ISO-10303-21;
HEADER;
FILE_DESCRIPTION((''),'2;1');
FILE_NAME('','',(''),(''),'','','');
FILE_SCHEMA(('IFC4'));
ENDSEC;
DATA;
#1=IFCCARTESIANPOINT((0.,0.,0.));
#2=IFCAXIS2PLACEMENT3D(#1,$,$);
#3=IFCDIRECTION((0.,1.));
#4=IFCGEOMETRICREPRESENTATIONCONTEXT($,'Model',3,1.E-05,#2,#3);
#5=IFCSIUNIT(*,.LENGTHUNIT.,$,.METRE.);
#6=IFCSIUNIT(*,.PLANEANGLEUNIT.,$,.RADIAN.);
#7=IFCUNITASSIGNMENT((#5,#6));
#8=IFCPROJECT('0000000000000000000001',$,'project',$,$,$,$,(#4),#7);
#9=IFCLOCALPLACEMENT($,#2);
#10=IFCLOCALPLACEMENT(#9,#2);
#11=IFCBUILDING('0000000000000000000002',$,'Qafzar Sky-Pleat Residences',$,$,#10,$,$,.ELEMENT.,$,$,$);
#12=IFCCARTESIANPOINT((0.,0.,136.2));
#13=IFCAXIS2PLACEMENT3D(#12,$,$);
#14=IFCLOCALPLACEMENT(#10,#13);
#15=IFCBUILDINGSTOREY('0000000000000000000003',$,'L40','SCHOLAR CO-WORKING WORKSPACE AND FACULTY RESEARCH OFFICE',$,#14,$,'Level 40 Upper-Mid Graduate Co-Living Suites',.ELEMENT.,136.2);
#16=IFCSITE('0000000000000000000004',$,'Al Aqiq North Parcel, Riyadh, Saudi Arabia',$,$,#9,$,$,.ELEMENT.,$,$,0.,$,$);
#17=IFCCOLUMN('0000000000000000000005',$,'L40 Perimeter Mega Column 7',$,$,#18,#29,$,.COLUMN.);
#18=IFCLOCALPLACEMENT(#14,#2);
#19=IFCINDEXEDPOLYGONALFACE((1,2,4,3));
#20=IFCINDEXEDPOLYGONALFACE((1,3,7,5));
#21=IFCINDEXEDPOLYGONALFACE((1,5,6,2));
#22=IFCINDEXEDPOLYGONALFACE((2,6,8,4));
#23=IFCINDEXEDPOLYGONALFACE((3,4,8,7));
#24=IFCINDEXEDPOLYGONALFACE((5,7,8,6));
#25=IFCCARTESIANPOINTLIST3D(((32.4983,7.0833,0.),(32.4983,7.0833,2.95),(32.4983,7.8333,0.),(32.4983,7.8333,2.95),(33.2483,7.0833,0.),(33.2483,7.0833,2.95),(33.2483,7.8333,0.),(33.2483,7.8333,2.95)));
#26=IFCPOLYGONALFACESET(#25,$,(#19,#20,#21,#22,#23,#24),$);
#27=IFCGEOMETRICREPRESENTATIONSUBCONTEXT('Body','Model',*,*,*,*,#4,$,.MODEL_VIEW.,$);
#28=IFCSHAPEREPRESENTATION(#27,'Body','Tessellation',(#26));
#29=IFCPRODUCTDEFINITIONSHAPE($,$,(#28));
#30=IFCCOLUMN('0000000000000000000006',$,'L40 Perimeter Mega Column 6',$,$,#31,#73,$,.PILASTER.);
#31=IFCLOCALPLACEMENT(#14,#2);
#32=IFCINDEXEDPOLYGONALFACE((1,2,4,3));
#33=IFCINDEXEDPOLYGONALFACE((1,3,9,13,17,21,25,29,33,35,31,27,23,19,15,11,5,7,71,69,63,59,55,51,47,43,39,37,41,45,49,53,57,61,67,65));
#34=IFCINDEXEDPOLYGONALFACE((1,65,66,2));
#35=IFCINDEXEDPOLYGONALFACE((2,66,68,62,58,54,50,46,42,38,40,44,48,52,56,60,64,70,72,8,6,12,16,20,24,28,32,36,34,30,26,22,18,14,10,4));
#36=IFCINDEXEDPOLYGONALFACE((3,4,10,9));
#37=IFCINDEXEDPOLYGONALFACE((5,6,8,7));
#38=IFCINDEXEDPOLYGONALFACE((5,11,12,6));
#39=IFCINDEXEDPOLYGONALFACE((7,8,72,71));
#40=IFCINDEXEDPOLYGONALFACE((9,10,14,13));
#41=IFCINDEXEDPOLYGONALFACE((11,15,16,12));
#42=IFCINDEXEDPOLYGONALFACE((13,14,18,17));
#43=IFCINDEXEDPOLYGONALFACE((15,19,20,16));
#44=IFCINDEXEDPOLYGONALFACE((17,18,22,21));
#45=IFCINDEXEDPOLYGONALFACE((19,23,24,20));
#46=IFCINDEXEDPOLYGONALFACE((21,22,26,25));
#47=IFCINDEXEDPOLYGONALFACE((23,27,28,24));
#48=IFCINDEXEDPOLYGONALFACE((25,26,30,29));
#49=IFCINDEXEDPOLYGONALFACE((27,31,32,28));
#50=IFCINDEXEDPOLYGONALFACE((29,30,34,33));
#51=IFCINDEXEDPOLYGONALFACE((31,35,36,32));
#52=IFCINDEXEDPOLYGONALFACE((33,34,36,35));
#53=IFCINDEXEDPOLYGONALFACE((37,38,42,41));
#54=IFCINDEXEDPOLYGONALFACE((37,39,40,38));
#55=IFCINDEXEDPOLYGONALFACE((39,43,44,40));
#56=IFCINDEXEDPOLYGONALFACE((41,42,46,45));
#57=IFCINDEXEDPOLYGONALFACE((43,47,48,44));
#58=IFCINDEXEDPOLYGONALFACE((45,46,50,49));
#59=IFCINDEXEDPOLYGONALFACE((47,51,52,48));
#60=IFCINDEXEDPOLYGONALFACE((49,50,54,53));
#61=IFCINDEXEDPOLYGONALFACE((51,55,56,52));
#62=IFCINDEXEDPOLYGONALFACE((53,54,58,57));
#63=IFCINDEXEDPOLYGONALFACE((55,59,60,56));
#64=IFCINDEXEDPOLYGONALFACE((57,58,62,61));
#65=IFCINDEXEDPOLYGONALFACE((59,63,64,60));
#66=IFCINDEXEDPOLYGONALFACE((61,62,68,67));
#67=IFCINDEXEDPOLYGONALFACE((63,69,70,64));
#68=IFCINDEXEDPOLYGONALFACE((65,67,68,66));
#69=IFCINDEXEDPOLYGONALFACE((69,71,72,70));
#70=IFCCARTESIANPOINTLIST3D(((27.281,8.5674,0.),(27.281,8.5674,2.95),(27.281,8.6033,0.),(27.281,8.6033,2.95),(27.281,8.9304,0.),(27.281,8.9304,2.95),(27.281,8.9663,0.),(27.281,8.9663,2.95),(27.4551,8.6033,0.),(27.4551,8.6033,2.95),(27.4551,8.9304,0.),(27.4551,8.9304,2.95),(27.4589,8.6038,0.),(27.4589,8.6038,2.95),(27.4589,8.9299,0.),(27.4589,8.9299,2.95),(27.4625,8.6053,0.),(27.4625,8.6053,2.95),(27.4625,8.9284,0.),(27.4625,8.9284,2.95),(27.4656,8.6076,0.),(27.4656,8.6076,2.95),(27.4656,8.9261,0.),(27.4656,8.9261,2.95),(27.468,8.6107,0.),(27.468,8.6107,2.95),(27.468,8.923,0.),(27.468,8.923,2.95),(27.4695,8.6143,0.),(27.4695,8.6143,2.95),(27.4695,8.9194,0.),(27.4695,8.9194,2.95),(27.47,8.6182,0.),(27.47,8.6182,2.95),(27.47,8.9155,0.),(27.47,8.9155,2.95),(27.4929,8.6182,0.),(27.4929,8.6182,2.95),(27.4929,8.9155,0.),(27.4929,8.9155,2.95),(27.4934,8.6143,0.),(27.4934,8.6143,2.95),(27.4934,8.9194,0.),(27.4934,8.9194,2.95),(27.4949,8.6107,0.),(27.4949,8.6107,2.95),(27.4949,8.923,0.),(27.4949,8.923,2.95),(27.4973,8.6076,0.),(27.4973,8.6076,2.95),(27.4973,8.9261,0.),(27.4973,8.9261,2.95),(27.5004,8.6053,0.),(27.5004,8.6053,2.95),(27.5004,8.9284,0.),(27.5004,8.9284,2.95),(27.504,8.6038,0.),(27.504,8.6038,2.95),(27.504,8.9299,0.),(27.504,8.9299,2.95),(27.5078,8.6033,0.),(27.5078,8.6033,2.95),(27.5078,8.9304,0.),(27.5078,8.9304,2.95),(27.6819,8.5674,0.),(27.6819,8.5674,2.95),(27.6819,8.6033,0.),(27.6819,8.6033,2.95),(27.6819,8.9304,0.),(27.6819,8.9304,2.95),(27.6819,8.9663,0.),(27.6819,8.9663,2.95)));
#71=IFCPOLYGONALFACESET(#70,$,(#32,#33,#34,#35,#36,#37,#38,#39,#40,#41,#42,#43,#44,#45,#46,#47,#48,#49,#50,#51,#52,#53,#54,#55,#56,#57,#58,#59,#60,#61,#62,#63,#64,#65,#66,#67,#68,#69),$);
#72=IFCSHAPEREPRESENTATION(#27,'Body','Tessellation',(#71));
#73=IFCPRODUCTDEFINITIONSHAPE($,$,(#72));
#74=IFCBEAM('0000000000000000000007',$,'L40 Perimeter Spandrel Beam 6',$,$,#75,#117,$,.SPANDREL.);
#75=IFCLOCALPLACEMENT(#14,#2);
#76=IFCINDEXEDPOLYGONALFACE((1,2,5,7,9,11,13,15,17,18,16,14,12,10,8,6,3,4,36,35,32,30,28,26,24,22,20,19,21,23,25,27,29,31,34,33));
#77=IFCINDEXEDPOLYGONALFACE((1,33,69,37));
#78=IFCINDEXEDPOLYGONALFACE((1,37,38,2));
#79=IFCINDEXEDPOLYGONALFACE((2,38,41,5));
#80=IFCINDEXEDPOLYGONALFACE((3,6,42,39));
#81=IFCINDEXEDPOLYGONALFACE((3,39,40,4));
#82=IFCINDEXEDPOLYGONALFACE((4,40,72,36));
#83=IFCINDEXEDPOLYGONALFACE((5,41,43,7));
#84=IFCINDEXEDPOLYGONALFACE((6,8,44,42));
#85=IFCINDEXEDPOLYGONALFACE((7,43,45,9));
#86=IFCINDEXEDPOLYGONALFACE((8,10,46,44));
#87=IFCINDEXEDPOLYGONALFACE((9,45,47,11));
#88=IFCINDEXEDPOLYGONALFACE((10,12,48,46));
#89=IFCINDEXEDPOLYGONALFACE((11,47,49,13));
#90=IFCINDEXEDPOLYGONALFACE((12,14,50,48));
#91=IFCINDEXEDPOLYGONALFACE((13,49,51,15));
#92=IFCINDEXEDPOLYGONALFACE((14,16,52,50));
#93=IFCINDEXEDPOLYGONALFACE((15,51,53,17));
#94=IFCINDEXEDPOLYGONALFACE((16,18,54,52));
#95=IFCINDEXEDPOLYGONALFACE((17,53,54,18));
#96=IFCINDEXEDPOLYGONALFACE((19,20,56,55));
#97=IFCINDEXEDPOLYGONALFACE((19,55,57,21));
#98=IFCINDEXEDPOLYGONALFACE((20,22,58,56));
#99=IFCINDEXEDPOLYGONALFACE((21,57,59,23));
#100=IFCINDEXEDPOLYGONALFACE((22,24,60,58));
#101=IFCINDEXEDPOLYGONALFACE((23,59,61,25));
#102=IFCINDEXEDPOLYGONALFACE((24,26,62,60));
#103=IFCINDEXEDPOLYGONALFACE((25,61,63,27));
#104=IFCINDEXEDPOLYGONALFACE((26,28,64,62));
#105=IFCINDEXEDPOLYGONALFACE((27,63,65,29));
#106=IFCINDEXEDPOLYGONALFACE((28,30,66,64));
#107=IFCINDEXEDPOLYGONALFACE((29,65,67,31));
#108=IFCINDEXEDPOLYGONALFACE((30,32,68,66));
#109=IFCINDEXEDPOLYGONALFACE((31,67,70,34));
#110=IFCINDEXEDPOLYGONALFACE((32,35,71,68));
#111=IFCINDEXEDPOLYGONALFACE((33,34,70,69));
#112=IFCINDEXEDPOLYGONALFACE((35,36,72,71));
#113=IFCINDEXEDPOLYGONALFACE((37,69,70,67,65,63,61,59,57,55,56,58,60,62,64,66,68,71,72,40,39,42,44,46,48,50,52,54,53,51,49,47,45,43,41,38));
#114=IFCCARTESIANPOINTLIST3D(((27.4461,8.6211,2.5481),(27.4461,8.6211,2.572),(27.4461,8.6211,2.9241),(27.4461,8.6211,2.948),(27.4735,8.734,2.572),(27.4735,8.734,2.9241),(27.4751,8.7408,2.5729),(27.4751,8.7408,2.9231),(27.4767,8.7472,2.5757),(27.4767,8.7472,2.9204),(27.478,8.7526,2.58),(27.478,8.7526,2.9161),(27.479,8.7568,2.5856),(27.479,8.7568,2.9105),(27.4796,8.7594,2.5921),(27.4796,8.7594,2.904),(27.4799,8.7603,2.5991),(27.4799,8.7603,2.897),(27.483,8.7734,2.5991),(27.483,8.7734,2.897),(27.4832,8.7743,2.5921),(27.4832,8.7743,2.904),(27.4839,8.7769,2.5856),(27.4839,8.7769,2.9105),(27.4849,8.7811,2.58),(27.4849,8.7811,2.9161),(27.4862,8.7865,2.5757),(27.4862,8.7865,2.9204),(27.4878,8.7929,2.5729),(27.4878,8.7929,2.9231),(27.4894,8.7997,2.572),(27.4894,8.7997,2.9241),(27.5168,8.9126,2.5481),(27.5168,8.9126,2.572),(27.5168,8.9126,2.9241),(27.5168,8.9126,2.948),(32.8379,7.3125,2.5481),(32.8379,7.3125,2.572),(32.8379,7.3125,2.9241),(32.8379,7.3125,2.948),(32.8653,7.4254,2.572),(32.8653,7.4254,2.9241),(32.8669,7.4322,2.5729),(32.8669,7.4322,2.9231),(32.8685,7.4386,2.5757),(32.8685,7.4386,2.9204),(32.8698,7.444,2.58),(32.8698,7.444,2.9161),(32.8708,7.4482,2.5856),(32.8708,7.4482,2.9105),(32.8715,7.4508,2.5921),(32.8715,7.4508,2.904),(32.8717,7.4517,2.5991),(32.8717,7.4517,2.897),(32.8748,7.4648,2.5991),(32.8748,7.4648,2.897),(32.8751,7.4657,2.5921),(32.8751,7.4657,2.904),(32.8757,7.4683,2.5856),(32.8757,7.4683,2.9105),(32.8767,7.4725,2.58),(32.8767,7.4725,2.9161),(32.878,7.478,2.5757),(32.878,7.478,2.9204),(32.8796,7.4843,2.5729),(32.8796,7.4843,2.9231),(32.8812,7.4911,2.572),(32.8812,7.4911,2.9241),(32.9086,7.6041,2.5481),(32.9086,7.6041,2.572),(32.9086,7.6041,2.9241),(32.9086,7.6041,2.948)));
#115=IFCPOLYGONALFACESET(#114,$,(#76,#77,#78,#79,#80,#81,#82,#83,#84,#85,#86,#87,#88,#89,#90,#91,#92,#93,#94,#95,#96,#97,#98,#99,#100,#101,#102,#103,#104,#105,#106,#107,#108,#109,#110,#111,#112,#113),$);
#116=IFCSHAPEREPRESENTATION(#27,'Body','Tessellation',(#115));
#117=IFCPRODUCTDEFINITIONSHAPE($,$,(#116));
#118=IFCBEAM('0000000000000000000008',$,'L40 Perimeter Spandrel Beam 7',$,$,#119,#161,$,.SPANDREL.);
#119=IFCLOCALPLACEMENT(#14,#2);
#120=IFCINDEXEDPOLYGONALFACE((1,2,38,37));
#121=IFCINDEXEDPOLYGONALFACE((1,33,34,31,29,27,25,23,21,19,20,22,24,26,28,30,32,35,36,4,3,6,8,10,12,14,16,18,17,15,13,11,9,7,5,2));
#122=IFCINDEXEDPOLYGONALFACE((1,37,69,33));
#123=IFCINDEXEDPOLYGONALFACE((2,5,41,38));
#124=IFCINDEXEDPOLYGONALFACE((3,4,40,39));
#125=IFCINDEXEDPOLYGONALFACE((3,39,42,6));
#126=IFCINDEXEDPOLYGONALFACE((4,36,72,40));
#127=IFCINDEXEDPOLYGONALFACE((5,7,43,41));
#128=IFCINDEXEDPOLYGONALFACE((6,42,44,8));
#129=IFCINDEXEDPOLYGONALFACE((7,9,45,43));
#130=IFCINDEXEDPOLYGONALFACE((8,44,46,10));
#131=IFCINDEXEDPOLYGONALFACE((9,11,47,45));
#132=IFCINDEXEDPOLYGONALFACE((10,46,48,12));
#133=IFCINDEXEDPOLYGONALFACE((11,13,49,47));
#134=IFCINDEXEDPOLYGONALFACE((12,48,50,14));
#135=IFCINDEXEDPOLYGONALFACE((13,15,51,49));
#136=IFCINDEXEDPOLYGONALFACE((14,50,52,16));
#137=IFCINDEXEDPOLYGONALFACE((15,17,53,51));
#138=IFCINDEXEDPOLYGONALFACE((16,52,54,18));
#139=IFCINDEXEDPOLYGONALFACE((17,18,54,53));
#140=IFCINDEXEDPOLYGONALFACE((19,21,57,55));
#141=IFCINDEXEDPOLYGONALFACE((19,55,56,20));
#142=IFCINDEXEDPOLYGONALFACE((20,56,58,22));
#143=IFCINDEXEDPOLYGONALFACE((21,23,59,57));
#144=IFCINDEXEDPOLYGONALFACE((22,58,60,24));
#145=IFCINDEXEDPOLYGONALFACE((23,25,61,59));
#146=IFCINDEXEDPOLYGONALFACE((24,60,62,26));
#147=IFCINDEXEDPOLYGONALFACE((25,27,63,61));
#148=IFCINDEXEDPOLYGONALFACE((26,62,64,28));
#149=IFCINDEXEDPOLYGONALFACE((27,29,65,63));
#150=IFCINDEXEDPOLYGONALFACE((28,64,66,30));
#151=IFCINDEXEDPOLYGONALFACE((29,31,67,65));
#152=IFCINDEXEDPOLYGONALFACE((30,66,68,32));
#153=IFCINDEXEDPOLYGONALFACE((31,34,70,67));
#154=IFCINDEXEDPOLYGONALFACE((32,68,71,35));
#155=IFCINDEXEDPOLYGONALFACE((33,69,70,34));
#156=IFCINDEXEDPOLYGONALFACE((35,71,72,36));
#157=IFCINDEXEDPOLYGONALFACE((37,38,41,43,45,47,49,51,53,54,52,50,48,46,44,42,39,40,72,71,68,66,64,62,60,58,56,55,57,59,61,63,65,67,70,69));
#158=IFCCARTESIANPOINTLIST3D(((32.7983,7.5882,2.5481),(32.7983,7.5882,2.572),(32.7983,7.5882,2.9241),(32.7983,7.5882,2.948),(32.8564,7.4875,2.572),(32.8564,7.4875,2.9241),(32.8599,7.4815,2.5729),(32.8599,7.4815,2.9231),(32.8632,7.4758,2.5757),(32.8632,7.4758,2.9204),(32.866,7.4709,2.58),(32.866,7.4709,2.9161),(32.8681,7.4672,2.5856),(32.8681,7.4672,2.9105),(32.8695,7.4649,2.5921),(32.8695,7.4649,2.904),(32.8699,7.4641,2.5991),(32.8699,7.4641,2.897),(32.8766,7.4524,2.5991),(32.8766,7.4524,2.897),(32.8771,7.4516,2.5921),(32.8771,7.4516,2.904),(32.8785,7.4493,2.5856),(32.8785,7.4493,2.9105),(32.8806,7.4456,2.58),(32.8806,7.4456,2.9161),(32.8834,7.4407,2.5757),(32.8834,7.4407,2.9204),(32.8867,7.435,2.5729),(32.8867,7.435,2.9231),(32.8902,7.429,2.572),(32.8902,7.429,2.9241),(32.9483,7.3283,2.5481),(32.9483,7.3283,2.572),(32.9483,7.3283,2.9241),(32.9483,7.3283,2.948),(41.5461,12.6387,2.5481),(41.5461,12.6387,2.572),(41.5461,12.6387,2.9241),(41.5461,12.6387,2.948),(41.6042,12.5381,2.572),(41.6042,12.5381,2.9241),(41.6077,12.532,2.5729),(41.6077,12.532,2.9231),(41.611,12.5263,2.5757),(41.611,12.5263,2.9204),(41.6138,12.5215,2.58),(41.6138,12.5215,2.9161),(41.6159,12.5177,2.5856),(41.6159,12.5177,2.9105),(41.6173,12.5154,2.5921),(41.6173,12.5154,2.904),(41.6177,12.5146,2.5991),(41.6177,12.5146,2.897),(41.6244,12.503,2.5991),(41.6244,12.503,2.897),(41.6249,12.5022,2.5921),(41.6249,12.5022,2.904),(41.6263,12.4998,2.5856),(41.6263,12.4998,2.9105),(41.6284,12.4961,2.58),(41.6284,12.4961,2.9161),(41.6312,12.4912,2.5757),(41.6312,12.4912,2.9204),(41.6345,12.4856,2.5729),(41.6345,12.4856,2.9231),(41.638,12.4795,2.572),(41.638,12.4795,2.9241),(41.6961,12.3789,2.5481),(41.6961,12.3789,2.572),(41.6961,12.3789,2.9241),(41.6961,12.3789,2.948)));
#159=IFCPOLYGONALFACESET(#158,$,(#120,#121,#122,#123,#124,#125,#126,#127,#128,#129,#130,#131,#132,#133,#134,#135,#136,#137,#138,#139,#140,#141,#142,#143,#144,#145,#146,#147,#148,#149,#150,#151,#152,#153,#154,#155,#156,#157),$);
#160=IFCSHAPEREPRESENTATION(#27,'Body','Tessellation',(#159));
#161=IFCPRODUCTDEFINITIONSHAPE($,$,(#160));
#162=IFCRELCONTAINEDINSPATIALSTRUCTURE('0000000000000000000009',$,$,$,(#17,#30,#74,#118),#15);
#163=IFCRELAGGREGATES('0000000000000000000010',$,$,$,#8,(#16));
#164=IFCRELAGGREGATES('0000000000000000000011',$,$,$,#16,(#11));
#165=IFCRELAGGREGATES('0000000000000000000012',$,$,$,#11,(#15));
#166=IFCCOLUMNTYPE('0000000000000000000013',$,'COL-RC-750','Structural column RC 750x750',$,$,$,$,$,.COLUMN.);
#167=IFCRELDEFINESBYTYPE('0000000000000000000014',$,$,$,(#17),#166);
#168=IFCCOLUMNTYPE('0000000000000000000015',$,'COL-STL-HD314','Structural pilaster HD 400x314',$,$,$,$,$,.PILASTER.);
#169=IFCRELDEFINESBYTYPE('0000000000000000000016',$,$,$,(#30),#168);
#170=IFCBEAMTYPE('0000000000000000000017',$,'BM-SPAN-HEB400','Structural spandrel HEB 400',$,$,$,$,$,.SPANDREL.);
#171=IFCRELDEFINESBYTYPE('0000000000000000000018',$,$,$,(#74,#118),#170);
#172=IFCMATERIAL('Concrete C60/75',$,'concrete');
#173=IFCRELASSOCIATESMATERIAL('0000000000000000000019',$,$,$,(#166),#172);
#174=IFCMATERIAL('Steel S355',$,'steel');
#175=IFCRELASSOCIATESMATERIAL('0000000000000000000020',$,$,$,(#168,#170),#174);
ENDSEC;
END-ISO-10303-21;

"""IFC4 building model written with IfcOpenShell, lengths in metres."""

from ifc_helpers import new_model, si_unit, direction, frame, origin, origin_2d, place, context, subcontext, project, spatial, rectangle, i_section, extrude, source, transform, mapped, material, material_profile, profile_set, type_object, element, save


model = new_model("IFC4")

# Units and contexts
model_context = context("Model", 3, precision=1e-05, world=origin(), true_north=direction((0.0, 1.0)))
body_context = subcontext(model_context, "Body", "Model", "MODEL_VIEW")
ifc_project = project(units=[si_unit("LENGTHUNIT", "METRE"), si_unit("PLANEANGLEUNIT", "RADIAN")], contexts=[model_context])

# Site, building, storey
site_placement = place(None, origin())
site = spatial("IfcSite", under=ifc_project, at=site_placement, Name="Al Aqiq North Parcel, Riyadh, Saudi Arabia", CompositionType="ELEMENT", RefElevation=0.0)
building_placement = place(site_placement, origin())
building = spatial("IfcBuilding", under=site, at=building_placement, Name="Qafzar Sky-Pleat Residences", CompositionType="ELEMENT")
storey_placement = place(building_placement, frame((0.0, 0.0, 136.2)))
storey = spatial("IfcBuildingStorey", under=building, at=storey_placement, Name="L40", Description="SCHOLAR CO-WORKING WORKSPACE AND FACULTY RESEARCH OFFICE", LongName="Level 40 Upper-Mid Graduate Co-Living Suites", CompositionType="ELEMENT", Elevation=136.2)

# Columns
ifc_material_1 = material(Name="Concrete C60/75", Category="concrete")
ifc_material_profile_1 = material_profile(ifc_material_1, rectangle(XDim=0.75, YDim=0.75, at=origin_2d()), Name="RC 750x750")
ifc_profile_set_1 = profile_set([ifc_material_profile_1], Name="Concrete C60/75")
column_type_1 = type_object("IfcColumnType", Name="COL-RC-750", Description="Structural column RC 750x750", PredefinedType="COLUMN", material=ifc_profile_set_1)
shared_shape_1 = source(origin(), body_context, "Body", "SweptSolid", [
    extrude(rectangle(XDim=0.75, YDim=0.75, at=origin_2d()), origin(), (0.0, 0.0, 1.0), 2.95),
])
column_1_placement = place(storey_placement, frame((32.8733, 7.4583, 0.0), z_axis=(0.0, 0.0, 1.0), x_axis=(1.0, 0.0, 0.0)))
element("IfcColumn", 1, at=column_1_placement, inside=storey, type_object=column_type_1, Name="L40 Perimeter Mega Column 7", PredefinedType="COLUMN", context=body_context, shape_type="MappedRepresentation", body=[
    mapped(shared_shape_1, transform((0.0, 0.0, 0.0), x_axis=(1.0, 0.0, 0.0), y_axis=(0.0, 1.0, 0.0), z_axis=(0.0, 0.0, 1.0), scale=1.0)),
])
ifc_material_2 = material(Name="Steel S355", Category="steel")
ifc_material_profile_2 = material_profile(ifc_material_2, i_section(OverallWidth=0.4009, OverallDepth=0.3989, WebThickness=0.0229, FlangeThickness=0.0359, FilletRadius=0.0149, at=origin_2d()), Name="HD 400x314")
ifc_profile_set_2 = profile_set([ifc_material_profile_2], Name="Steel S355")
column_type_2 = type_object("IfcColumnType", Name="COL-STL-HD314", Description="Structural pilaster HD 400x314", PredefinedType="PILASTER", material=ifc_profile_set_2)
shared_shape_2 = source(origin(), body_context, "Body", "SweptSolid", [
    extrude(i_section(OverallWidth=0.4009, OverallDepth=0.3989, WebThickness=0.0229, FlangeThickness=0.0359, FilletRadius=0.0149, at=origin_2d()), origin(), (0.0, 0.0, 1.0), 2.95),
])
column_2_placement = place(storey_placement, frame((27.4814, 8.7668, 0.0), z_axis=(0.0, 0.0, 1.0), x_axis=(1.0, 0.0, 0.0)))
element("IfcColumn", 2, at=column_2_placement, inside=storey, type_object=column_type_2, Name="L40 Perimeter Mega Column 6", PredefinedType="PILASTER", context=body_context, shape_type="MappedRepresentation", body=[
    mapped(shared_shape_2, transform((0.0, 0.0, 0.0), x_axis=(1.0, 0.0, 0.0), y_axis=(0.0, 1.0, 0.0), z_axis=(0.0, 0.0, 1.0), scale=1.0)),
])

# Beams
ifc_material_profile_3 = material_profile(ifc_material_2, i_section(OverallWidth=0.3, OverallDepth=0.3999, WebThickness=0.0134, FlangeThickness=0.0239, FilletRadius=0.0271, at=origin_2d()), Name="HEB 400")
ifc_profile_set_3 = profile_set([ifc_material_profile_3], Name="Steel S355")
beam_type_1 = type_object("IfcBeamType", Name="BM-SPAN-HEB400", Description="Structural spandrel HEB 400", PredefinedType="SPANDREL", material=ifc_profile_set_3)
shared_shape_3 = source(origin(), body_context, "Body", "SweptSolid", [
    extrude(i_section(OverallWidth=0.3, OverallDepth=0.3999, WebThickness=0.0134, FlangeThickness=0.0239, FilletRadius=0.0271, at=origin_2d()), origin(), (0.0, 0.0, 1.0), 5.5483),
])
beam_1_placement = place(storey_placement, frame((27.4814, 8.7668, 2.748), z_axis=(0.971789, -0.235852, 0.0), x_axis=(0.235852, 0.971789, 0.0)))
element("IfcBeam", 3, at=beam_1_placement, inside=storey, type_object=beam_type_1, Name="L40 Perimeter Spandrel Beam 6", PredefinedType="SPANDREL", context=body_context, shape_type="MappedRepresentation", body=[
    mapped(shared_shape_3, transform((0.0, 0.0, 0.0), x_axis=(1.0, 0.0, 0.0), y_axis=(0.0, 1.0, 0.0), z_axis=(0.0, 0.0, 1.0), scale=1.0)),
])
shared_shape_4 = source(origin(), body_context, "Body", "SweptSolid", [
    extrude(i_section(OverallWidth=0.3, OverallDepth=0.3999, WebThickness=0.0134, FlangeThickness=0.0239, FilletRadius=0.0271, at=origin_2d()), origin(), (0.0, 0.0, 1.0), 10.1011),
])
beam_2_placement = place(storey_placement, frame((32.8733, 7.4583, 2.748), z_axis=(0.866026, 0.499999, 0.0), x_axis=(-0.499999, 0.866026, 0.0)))
element("IfcBeam", 4, at=beam_2_placement, inside=storey, type_object=beam_type_1, Name="L40 Perimeter Spandrel Beam 7", PredefinedType="SPANDREL", context=body_context, shape_type="MappedRepresentation", body=[
    mapped(shared_shape_4, transform((0.0, 0.0, 0.0), x_axis=(1.0, 0.0, 0.0), y_axis=(0.0, 1.0, 0.0), z_axis=(0.0, 0.0, 1.0), scale=1.0)),
])

save(model, "model.ifc")
